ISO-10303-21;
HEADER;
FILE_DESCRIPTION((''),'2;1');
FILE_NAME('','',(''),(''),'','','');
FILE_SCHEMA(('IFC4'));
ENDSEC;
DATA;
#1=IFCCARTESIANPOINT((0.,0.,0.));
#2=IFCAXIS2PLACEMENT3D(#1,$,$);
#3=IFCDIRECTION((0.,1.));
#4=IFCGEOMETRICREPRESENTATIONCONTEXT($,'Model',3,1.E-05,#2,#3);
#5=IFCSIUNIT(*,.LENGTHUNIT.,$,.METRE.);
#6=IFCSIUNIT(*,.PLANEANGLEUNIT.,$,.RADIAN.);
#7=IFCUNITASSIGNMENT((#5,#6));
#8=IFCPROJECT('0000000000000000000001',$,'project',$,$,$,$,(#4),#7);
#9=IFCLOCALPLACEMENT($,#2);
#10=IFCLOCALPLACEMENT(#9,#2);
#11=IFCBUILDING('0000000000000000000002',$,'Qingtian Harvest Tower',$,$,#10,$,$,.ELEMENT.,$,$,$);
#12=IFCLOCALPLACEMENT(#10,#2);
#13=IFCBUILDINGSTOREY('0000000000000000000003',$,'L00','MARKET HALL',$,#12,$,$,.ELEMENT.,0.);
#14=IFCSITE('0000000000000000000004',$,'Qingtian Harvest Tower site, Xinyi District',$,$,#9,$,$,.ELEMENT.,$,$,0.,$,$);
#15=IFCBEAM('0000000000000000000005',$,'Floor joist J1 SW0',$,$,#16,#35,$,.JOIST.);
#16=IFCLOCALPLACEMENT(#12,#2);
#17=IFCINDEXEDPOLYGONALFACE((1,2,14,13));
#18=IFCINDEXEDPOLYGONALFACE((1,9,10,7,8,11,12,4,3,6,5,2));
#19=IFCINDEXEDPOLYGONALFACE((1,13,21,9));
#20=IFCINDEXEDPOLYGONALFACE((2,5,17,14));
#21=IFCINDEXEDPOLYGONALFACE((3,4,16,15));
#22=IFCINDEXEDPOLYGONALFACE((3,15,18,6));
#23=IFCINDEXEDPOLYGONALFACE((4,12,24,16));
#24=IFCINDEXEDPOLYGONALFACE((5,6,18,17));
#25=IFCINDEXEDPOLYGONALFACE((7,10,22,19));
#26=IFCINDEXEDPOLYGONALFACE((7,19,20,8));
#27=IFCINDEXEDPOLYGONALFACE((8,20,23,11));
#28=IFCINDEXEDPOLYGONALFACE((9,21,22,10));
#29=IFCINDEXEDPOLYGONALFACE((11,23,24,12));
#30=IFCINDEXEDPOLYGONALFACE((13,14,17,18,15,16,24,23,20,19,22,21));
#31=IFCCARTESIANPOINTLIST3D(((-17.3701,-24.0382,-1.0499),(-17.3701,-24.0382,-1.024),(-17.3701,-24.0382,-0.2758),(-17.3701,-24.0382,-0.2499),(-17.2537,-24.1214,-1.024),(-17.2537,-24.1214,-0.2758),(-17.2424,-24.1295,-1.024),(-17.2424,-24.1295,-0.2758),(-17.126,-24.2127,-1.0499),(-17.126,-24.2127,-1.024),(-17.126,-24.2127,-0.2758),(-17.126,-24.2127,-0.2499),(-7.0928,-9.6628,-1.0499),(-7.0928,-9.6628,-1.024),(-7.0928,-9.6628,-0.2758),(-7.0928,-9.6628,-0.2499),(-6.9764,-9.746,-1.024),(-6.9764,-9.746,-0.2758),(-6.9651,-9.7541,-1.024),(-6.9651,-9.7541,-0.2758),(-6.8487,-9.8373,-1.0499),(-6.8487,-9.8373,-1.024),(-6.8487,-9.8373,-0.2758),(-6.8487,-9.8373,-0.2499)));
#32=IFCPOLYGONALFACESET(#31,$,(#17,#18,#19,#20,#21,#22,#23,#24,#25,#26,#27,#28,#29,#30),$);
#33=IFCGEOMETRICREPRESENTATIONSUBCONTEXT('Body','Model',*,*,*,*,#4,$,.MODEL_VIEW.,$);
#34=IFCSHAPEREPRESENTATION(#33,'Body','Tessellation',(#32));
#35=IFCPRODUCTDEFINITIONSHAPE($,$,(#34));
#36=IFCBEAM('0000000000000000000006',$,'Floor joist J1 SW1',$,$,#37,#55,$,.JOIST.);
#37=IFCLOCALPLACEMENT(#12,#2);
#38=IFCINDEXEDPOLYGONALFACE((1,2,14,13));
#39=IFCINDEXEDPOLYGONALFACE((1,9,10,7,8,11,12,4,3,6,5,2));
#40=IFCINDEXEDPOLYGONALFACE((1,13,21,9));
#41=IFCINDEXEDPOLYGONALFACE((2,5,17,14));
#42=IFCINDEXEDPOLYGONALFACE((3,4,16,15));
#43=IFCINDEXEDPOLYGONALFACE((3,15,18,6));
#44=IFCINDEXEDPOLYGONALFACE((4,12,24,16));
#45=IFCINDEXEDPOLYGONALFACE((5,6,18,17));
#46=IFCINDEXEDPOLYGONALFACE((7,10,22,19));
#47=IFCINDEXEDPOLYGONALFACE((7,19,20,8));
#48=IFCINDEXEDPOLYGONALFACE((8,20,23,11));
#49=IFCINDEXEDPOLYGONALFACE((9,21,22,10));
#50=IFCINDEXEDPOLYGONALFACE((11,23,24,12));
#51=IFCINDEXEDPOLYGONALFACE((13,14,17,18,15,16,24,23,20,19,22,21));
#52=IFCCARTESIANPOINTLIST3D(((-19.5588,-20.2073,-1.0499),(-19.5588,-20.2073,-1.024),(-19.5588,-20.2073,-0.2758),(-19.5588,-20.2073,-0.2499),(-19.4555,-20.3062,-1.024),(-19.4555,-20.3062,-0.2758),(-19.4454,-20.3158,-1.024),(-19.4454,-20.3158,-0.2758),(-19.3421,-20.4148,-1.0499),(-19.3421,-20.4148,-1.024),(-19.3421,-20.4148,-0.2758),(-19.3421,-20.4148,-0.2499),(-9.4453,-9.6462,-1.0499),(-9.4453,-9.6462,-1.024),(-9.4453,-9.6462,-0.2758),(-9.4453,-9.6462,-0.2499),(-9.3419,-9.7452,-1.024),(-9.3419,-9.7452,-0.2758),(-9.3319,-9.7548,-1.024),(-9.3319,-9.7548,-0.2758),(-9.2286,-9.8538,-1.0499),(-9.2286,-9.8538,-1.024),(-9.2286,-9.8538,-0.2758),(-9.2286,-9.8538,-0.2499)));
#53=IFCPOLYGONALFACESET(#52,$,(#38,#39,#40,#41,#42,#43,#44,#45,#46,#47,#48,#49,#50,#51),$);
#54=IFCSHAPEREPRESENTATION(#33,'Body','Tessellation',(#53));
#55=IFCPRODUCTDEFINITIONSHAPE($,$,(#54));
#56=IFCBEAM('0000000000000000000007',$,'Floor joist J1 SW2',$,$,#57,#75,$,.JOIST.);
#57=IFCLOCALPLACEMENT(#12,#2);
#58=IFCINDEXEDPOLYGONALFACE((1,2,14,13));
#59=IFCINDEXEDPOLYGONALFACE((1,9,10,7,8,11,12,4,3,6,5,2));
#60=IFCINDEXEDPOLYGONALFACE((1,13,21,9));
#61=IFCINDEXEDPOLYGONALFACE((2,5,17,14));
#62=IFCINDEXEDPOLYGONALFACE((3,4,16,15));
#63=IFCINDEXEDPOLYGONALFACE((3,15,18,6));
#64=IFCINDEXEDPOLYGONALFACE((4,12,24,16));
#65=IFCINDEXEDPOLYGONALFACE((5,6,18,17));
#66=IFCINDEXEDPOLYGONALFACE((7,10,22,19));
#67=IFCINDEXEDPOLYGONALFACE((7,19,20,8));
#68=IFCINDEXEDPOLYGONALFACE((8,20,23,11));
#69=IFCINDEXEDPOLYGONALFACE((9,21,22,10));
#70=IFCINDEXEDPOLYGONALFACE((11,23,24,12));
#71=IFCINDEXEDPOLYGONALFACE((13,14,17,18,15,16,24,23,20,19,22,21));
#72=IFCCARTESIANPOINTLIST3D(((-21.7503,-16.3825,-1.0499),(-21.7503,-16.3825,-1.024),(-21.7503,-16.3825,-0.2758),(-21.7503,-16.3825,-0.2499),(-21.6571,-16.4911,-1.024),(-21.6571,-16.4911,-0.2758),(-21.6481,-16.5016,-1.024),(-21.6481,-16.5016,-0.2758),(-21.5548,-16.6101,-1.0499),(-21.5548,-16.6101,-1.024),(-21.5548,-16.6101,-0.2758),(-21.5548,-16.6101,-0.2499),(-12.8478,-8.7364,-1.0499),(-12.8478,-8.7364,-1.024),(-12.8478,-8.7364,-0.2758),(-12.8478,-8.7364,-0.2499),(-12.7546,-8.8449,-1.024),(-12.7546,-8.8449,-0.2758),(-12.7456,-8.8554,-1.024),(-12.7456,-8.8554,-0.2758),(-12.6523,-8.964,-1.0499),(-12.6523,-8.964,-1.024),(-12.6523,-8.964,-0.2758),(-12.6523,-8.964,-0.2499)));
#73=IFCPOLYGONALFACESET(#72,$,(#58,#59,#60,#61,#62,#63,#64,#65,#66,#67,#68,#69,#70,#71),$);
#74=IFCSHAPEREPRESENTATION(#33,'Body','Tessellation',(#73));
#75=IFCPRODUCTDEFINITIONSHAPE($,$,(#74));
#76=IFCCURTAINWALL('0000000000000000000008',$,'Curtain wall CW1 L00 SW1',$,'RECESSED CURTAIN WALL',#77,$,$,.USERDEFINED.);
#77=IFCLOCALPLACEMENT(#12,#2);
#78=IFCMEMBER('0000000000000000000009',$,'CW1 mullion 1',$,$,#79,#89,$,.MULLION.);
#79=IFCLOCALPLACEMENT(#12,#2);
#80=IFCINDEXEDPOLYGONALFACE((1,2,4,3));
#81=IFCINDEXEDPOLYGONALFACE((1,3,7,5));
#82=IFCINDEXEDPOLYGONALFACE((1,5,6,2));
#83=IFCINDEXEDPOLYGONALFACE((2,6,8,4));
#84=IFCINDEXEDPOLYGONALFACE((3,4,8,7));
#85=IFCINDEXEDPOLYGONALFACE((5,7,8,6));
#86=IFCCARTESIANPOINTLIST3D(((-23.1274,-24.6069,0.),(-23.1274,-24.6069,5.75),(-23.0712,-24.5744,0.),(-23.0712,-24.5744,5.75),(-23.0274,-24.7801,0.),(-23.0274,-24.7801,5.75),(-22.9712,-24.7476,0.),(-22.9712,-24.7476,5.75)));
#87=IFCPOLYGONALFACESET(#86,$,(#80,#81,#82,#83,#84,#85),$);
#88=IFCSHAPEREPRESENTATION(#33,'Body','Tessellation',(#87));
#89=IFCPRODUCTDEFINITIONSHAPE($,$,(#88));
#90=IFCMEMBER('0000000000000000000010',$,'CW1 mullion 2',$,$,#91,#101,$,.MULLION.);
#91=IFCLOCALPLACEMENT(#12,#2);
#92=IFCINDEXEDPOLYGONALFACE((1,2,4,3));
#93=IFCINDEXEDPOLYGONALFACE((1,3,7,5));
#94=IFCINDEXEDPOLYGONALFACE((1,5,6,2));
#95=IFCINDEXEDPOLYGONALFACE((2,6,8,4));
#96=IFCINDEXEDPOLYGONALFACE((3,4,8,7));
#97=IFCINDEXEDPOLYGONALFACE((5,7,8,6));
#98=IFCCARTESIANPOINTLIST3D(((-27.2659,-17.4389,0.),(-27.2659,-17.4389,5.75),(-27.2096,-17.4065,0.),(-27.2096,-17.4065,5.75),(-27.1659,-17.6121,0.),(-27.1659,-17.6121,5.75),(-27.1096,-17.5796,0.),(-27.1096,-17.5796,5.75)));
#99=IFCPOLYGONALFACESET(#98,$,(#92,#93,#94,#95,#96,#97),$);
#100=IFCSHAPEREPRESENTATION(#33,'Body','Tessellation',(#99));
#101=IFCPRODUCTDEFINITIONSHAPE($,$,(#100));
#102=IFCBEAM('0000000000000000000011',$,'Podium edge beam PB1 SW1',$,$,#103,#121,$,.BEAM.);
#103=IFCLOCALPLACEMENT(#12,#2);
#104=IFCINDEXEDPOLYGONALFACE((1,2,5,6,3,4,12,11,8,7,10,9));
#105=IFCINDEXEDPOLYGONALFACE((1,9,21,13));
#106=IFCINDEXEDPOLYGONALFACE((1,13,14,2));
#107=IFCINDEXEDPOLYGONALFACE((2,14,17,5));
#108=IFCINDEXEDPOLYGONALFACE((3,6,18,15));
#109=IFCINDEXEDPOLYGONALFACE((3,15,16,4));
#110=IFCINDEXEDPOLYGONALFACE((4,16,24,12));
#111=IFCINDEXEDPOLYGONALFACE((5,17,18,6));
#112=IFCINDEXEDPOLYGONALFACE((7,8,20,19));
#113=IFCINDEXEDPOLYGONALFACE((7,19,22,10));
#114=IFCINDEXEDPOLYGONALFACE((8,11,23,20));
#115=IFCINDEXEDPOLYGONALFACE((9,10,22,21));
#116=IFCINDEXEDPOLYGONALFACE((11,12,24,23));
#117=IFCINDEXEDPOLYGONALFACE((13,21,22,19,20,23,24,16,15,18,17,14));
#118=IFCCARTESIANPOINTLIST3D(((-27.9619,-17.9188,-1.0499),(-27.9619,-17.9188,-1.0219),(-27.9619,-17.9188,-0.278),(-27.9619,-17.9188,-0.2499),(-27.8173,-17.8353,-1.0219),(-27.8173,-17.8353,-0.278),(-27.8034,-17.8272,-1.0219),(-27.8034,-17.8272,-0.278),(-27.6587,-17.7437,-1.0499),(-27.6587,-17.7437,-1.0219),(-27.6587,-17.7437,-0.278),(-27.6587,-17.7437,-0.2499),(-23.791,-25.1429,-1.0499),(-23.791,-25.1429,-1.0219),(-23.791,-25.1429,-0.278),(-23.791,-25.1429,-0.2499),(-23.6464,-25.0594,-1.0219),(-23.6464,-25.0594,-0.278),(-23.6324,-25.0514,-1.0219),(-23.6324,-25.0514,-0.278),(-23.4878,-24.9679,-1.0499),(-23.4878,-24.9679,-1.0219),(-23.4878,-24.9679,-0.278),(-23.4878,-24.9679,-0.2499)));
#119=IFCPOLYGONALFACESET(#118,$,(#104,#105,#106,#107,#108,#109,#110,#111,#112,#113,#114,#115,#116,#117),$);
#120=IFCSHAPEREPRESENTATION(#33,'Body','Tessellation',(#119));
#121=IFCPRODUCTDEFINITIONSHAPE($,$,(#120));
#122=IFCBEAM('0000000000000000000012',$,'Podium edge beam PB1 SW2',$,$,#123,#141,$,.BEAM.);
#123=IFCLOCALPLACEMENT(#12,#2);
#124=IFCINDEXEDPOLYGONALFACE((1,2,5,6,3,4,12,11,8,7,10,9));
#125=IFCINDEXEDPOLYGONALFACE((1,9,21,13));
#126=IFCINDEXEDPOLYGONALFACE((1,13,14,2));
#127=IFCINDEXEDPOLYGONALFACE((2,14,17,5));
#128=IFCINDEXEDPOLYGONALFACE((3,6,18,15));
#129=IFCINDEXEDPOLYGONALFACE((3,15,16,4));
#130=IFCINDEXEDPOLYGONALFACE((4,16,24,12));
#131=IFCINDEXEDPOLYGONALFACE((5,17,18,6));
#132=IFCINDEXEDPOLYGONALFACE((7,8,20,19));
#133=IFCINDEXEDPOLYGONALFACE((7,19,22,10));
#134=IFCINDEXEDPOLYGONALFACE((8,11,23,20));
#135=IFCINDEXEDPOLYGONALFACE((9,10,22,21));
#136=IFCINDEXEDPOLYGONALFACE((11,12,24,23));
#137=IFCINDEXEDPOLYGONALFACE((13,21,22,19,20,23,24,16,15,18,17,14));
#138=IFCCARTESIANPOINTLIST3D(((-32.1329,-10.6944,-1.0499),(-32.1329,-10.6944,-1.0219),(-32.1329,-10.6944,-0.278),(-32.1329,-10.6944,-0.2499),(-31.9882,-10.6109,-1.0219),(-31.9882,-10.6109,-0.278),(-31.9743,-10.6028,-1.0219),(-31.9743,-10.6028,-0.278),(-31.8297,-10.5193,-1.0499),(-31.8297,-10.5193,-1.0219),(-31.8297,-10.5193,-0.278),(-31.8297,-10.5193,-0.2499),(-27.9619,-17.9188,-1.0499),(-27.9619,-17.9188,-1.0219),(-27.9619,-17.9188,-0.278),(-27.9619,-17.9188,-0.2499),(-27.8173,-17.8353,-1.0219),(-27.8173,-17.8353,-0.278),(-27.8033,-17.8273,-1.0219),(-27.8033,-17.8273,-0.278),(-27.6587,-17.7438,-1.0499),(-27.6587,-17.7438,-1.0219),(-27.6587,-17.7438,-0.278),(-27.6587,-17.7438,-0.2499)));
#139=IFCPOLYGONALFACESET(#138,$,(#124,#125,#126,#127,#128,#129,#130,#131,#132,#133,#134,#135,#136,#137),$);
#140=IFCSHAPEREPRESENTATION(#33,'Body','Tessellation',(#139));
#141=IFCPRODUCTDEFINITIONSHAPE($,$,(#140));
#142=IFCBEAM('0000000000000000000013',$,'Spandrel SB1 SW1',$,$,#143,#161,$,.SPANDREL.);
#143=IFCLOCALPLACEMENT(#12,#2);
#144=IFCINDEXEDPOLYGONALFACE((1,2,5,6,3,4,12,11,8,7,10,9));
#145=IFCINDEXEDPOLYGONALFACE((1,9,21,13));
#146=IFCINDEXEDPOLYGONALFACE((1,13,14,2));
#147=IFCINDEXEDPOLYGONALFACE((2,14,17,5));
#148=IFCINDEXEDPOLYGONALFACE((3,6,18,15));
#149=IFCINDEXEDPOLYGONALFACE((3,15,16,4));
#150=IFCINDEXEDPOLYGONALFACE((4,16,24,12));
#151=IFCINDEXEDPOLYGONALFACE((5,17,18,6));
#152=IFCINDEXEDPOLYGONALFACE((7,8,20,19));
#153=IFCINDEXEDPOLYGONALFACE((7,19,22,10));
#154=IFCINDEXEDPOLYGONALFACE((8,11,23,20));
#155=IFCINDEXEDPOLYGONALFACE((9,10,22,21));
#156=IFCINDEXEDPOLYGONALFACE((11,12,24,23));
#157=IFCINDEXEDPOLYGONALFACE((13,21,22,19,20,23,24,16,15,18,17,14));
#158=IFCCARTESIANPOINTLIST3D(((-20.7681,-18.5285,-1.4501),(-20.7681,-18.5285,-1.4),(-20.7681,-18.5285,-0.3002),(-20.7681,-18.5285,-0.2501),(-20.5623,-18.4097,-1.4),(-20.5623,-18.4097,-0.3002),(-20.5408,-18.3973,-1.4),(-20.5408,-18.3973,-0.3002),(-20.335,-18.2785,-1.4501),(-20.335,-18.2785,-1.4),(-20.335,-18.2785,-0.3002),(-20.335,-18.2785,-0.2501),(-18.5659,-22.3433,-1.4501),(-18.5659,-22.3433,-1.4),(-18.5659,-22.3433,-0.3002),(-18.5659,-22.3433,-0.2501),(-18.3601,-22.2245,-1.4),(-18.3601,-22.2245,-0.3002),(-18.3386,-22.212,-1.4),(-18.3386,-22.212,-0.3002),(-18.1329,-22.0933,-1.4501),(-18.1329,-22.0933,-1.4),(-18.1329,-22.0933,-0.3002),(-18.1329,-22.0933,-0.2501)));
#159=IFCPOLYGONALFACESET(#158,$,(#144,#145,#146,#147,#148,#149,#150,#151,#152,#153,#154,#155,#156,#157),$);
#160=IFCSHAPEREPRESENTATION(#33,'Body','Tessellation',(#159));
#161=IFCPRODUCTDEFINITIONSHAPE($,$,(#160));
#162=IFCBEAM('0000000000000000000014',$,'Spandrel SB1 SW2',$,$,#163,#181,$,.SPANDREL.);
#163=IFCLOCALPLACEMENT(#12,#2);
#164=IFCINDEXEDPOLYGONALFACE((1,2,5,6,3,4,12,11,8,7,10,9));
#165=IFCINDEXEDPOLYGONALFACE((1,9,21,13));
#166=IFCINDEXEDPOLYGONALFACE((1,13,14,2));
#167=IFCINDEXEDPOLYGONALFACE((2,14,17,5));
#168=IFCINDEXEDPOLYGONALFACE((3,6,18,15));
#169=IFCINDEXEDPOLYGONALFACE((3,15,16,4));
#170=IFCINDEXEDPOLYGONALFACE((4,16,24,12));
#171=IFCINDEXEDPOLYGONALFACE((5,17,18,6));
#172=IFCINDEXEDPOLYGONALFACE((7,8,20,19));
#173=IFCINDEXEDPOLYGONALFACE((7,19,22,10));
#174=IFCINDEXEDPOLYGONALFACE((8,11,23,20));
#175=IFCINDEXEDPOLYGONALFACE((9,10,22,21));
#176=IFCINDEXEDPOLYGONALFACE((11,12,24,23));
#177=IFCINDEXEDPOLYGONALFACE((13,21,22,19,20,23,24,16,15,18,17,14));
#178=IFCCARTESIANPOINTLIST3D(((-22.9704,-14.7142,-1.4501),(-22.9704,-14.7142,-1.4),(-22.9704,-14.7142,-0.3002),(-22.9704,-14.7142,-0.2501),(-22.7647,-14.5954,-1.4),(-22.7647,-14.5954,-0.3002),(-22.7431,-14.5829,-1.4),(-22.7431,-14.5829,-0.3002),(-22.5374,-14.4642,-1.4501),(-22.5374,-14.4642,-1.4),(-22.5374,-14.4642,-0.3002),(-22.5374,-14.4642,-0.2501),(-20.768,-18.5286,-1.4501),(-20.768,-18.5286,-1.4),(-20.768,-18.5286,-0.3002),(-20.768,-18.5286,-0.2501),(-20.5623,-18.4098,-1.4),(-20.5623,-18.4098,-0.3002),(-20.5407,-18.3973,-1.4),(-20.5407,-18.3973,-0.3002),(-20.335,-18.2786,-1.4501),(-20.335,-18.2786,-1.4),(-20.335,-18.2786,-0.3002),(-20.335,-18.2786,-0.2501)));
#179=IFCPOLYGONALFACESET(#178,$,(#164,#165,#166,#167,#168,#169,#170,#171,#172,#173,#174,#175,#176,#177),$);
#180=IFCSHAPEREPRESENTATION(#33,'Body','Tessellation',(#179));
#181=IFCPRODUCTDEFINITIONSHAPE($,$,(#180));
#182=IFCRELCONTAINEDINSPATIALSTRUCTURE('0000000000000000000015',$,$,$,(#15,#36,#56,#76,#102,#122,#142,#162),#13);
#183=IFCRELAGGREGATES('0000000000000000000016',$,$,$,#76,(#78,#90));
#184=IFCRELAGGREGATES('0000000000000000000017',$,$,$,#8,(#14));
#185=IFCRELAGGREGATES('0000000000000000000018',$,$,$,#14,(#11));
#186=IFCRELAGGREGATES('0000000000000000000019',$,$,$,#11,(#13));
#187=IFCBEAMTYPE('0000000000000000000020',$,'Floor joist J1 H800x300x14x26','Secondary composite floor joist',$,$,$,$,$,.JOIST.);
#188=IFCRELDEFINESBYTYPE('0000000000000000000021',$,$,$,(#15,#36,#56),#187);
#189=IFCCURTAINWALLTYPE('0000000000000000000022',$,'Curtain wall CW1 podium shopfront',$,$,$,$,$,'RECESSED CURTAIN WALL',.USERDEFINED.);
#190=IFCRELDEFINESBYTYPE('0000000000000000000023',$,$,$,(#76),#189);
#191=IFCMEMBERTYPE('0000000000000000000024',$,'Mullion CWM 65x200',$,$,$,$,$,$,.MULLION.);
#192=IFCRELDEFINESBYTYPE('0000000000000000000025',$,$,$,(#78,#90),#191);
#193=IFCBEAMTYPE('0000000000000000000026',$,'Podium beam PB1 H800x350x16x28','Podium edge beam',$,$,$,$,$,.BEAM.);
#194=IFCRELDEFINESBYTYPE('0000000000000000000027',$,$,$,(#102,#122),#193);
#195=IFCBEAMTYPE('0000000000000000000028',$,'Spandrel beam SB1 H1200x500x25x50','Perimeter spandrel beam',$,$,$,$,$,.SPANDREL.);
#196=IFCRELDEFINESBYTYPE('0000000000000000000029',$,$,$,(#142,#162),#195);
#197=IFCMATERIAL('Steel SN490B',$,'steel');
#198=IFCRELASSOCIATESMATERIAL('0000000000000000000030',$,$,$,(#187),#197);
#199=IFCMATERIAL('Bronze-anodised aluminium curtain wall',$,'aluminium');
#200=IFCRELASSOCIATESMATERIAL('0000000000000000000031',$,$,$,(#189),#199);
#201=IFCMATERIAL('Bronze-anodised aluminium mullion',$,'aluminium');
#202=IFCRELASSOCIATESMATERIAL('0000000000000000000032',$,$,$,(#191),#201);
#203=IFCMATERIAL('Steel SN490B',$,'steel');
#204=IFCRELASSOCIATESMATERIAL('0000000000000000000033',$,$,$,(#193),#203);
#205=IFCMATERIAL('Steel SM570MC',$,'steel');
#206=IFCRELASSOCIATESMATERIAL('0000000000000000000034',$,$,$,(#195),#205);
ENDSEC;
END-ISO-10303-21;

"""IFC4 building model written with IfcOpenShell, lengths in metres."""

from ifc_helpers import new_model, si_unit, direction, frame, origin, origin_2d, place, context, subcontext, project, spatial, rectangle, i_section, extrude, material, material_profile, profile_set, type_object, element, aggregate, save


model = new_model("IFC4")

# Units and contexts
model_context = context("Model", 3, precision=1e-05, world=origin(), true_north=direction((0.0, 1.0)))
body_context = subcontext(model_context, "Body", "Model", "MODEL_VIEW")
ifc_project = project(units=[si_unit("LENGTHUNIT", "METRE"), si_unit("PLANEANGLEUNIT", "RADIAN")], contexts=[model_context])

# Site, building, storey
site_placement = place(None, origin())
site = spatial("IfcSite", under=ifc_project, at=site_placement, Name="Qingtian Harvest Tower site, Xinyi District", CompositionType="ELEMENT", RefElevation=0.0)
building_placement = place(site_placement, origin())
building = spatial("IfcBuilding", under=site, at=building_placement, Name="Qingtian Harvest Tower", CompositionType="ELEMENT")
storey_placement = place(building_placement, origin())
storey = spatial("IfcBuildingStorey", under=building, at=storey_placement, Name="L00", Description="MARKET HALL", CompositionType="ELEMENT", Elevation=0.0)

# Beams
ifc_material_1 = material(Name="Steel SN490B", Category="steel")
ifc_material_profile_1 = material_profile(ifc_material_1, i_section(OverallWidth=0.3, OverallDepth=0.8, WebThickness=0.0139, FlangeThickness=0.0259, at=origin_2d()), Name="H800x300x14x26")
ifc_profile_set_1 = profile_set([ifc_material_profile_1], Name="Steel SN490B")
beam_type_1 = type_object("IfcBeamType", Name="Floor joist J1 H800x300x14x26", Description="Secondary composite floor joist", PredefinedType="JOIST", material=ifc_profile_set_1)
beam_1_placement = place(storey_placement, frame((-17.248, -24.1255, -0.6499), z_axis=(0.581581, 0.813489, 0.0), x_axis=(-0.813489, 0.581581, 0.0)))
element("IfcBeam", 1, at=beam_1_placement, inside=storey, type_object=beam_type_1, Name="Floor joist J1 SW0", PredefinedType="JOIST", context=body_context, shape_type="SweptSolid", body=[
    extrude(i_section(OverallWidth=0.3, OverallDepth=0.8, WebThickness=0.0139, FlangeThickness=0.0259, at=origin_2d()), origin(), (0.0, 0.0, 1.0), 17.6714),
])
beam_2_placement = place(storey_placement, frame((-19.4504, -20.311, -0.6499), z_axis=(0.691639, 0.722243, 0.0), x_axis=(-0.722243, 0.691639, 0.0)))
element("IfcBeam", 2, at=beam_2_placement, inside=storey, type_object=beam_type_1, Name="Floor joist J1 SW1", PredefinedType="JOIST", context=body_context, shape_type="SweptSolid", body=[
    extrude(i_section(OverallWidth=0.3, OverallDepth=0.8, WebThickness=0.0139, FlangeThickness=0.0259, at=origin_2d()), origin(), (0.0, 0.0, 1.0), 14.6226),
])
beam_3_placement = place(storey_placement, frame((-21.6526, -16.4963, -0.6499), z_axis=(0.758606, 0.65155, 0.0), x_axis=(-0.65155, 0.758606, 0.0)))
element("IfcBeam", 3, at=beam_3_placement, inside=storey, type_object=beam_type_1, Name="Floor joist J1 SW2", PredefinedType="JOIST", context=body_context, shape_type="SweptSolid", body=[
    extrude(i_section(OverallWidth=0.3, OverallDepth=0.8, WebThickness=0.0139, FlangeThickness=0.0259, at=origin_2d()), origin(), (0.0, 0.0, 1.0), 11.7354),
])

# Curtain wall, members
ifc_material_2 = material(Name="Bronze-anodised aluminium curtain wall", Category="aluminium")
curtain_wall_type = type_object("IfcCurtainWallType", Name="Curtain wall CW1 podium shopfront", ElementType="RECESSED CURTAIN WALL", PredefinedType="USERDEFINED", material=ifc_material_2)
curtain_wall_placement = place(storey_placement, origin())
curtain_wall = element("IfcCurtainWall", 4, at=curtain_wall_placement, inside=storey, type_object=curtain_wall_type, Name="Curtain wall CW1 L00 SW1", ObjectType="RECESSED CURTAIN WALL", PredefinedType="USERDEFINED")
ifc_material_3 = material(Name="Bronze-anodised aluminium mullion", Category="aluminium")
ifc_material_profile_2 = material_profile(ifc_material_3, rectangle(XDim=0.0649, YDim=0.2, at=origin_2d()), Name="AL 65x200")
ifc_profile_set_2 = profile_set([ifc_material_profile_2], Name="Bronze-anodised aluminium mullion")
member_type_1 = type_object("IfcMemberType", Name="Mullion CWM 65x200", PredefinedType="MULLION", material=ifc_profile_set_2)
member_1_placement = place(storey_placement, frame((-23.0493, -24.6772, 0.0), z_axis=(0.0, 0.0, 1.0), x_axis=(-0.866025, -0.5, 0.0)))
member_1 = element("IfcMember", 5, at=member_1_placement, type_object=member_type_1, Name="CW1 mullion 1", PredefinedType="MULLION", context=body_context, shape_type="SweptSolid", body=[
    extrude(rectangle(XDim=0.0649, YDim=0.2, at=origin_2d()), origin(), (0.0, 0.0, 1.0), 5.75),
])
member_2_placement = place(storey_placement, frame((-27.1877, -17.5093, 0.0), z_axis=(0.0, 0.0, 1.0), x_axis=(-0.866025, -0.5, 0.0)))
member_2 = element("IfcMember", 6, at=member_2_placement, type_object=member_type_1, Name="CW1 mullion 2", PredefinedType="MULLION", context=body_context, shape_type="SweptSolid", body=[
    extrude(rectangle(XDim=0.0649, YDim=0.2, at=origin_2d()), origin(), (0.0, 0.0, 1.0), 5.75),
])

# Beams
ifc_material_4 = material(Name="Steel SN490B", Category="steel")
ifc_material_profile_3 = material_profile(ifc_material_4, i_section(OverallWidth=0.3501, OverallDepth=0.8, WebThickness=0.0161, FlangeThickness=0.0281, at=origin_2d()), Name="H800x350x16x28")
ifc_profile_set_3 = profile_set([ifc_material_profile_3], Name="Steel SN490B")
beam_type_2 = type_object("IfcBeamType", Name="Podium beam PB1 H800x350x16x28", Description="Podium edge beam", PredefinedType="BEAM", material=ifc_profile_set_3)
beam_4_placement = place(storey_placement, frame((-23.6394, -25.0554, -0.6499), z_axis=(-0.500005, 0.866023, 0.0), x_axis=(-0.866023, -0.500005, 0.0)))
element("IfcBeam", 7, at=beam_4_placement, inside=storey, type_object=beam_type_2, Name="Podium edge beam PB1 SW1", PredefinedType="BEAM", context=body_context, shape_type="SweptSolid", body=[
    extrude(i_section(OverallWidth=0.3501, OverallDepth=0.8, WebThickness=0.0161, FlangeThickness=0.0281, at=origin_2d()), origin(), (0.0, 0.0, 1.0), 8.3418),
])
beam_5_placement = place(storey_placement, frame((-27.8103, -17.8313, -0.6499), z_axis=(-0.499992, 0.86603, 0.0), x_axis=(-0.86603, -0.499992, 0.0)))
element("IfcBeam", 8, at=beam_5_placement, inside=storey, type_object=beam_type_2, Name="Podium edge beam PB1 SW2", PredefinedType="BEAM", context=body_context, shape_type="SweptSolid", body=[
    extrude(i_section(OverallWidth=0.3501, OverallDepth=0.8, WebThickness=0.0161, FlangeThickness=0.0281, at=origin_2d()), origin(), (0.0, 0.0, 1.0), 8.342),
])
ifc_material_5 = material(Name="Steel SM570MC", Category="steel")
ifc_material_profile_4 = material_profile(ifc_material_5, i_section(OverallWidth=0.5, OverallDepth=1.2, WebThickness=0.0249, FlangeThickness=0.05, at=origin_2d()), Name="H1200x500x25x50")
ifc_profile_set_4 = profile_set([ifc_material_profile_4], Name="Steel SM570MC")
beam_type_3 = type_object("IfcBeamType", Name="Spandrel beam SB1 H1200x500x25x50", Description="Perimeter spandrel beam", PredefinedType="SPANDREL", material=ifc_profile_set_4)
beam_6_placement = place(storey_placement, frame((-18.3494, -22.2183, -0.8501), z_axis=(-0.499954, 0.866052, 0.0), x_axis=(-0.866052, -0.499954, 0.0)))
element("IfcBeam", 9, at=beam_6_placement, inside=storey, type_object=beam_type_3, Name="Spandrel SB1 SW1", PredefinedType="SPANDREL", context=body_context, shape_type="SweptSolid", body=[
    extrude(i_section(OverallWidth=0.5, OverallDepth=1.2, WebThickness=0.0249, FlangeThickness=0.05, at=origin_2d()), origin(), (0.0, 0.0, 1.0), 4.4048),
])
beam_7_placement = place(storey_placement, frame((-20.5515, -18.4036, -0.8501), z_axis=(-0.50002, 0.866014, 0.0), x_axis=(-0.866014, -0.50002, 0.0)))
element("IfcBeam", 10, at=beam_7_placement, inside=storey, type_object=beam_type_3, Name="Spandrel SB1 SW2", PredefinedType="SPANDREL", context=body_context, shape_type="SweptSolid", body=[
    extrude(i_section(OverallWidth=0.5, OverallDepth=1.2, WebThickness=0.0249, FlangeThickness=0.05, at=origin_2d()), origin(), (0.0, 0.0, 1.0), 4.4045),
])

aggregate(curtain_wall, [member_1, member_2])

save(model, "model.ifc")
